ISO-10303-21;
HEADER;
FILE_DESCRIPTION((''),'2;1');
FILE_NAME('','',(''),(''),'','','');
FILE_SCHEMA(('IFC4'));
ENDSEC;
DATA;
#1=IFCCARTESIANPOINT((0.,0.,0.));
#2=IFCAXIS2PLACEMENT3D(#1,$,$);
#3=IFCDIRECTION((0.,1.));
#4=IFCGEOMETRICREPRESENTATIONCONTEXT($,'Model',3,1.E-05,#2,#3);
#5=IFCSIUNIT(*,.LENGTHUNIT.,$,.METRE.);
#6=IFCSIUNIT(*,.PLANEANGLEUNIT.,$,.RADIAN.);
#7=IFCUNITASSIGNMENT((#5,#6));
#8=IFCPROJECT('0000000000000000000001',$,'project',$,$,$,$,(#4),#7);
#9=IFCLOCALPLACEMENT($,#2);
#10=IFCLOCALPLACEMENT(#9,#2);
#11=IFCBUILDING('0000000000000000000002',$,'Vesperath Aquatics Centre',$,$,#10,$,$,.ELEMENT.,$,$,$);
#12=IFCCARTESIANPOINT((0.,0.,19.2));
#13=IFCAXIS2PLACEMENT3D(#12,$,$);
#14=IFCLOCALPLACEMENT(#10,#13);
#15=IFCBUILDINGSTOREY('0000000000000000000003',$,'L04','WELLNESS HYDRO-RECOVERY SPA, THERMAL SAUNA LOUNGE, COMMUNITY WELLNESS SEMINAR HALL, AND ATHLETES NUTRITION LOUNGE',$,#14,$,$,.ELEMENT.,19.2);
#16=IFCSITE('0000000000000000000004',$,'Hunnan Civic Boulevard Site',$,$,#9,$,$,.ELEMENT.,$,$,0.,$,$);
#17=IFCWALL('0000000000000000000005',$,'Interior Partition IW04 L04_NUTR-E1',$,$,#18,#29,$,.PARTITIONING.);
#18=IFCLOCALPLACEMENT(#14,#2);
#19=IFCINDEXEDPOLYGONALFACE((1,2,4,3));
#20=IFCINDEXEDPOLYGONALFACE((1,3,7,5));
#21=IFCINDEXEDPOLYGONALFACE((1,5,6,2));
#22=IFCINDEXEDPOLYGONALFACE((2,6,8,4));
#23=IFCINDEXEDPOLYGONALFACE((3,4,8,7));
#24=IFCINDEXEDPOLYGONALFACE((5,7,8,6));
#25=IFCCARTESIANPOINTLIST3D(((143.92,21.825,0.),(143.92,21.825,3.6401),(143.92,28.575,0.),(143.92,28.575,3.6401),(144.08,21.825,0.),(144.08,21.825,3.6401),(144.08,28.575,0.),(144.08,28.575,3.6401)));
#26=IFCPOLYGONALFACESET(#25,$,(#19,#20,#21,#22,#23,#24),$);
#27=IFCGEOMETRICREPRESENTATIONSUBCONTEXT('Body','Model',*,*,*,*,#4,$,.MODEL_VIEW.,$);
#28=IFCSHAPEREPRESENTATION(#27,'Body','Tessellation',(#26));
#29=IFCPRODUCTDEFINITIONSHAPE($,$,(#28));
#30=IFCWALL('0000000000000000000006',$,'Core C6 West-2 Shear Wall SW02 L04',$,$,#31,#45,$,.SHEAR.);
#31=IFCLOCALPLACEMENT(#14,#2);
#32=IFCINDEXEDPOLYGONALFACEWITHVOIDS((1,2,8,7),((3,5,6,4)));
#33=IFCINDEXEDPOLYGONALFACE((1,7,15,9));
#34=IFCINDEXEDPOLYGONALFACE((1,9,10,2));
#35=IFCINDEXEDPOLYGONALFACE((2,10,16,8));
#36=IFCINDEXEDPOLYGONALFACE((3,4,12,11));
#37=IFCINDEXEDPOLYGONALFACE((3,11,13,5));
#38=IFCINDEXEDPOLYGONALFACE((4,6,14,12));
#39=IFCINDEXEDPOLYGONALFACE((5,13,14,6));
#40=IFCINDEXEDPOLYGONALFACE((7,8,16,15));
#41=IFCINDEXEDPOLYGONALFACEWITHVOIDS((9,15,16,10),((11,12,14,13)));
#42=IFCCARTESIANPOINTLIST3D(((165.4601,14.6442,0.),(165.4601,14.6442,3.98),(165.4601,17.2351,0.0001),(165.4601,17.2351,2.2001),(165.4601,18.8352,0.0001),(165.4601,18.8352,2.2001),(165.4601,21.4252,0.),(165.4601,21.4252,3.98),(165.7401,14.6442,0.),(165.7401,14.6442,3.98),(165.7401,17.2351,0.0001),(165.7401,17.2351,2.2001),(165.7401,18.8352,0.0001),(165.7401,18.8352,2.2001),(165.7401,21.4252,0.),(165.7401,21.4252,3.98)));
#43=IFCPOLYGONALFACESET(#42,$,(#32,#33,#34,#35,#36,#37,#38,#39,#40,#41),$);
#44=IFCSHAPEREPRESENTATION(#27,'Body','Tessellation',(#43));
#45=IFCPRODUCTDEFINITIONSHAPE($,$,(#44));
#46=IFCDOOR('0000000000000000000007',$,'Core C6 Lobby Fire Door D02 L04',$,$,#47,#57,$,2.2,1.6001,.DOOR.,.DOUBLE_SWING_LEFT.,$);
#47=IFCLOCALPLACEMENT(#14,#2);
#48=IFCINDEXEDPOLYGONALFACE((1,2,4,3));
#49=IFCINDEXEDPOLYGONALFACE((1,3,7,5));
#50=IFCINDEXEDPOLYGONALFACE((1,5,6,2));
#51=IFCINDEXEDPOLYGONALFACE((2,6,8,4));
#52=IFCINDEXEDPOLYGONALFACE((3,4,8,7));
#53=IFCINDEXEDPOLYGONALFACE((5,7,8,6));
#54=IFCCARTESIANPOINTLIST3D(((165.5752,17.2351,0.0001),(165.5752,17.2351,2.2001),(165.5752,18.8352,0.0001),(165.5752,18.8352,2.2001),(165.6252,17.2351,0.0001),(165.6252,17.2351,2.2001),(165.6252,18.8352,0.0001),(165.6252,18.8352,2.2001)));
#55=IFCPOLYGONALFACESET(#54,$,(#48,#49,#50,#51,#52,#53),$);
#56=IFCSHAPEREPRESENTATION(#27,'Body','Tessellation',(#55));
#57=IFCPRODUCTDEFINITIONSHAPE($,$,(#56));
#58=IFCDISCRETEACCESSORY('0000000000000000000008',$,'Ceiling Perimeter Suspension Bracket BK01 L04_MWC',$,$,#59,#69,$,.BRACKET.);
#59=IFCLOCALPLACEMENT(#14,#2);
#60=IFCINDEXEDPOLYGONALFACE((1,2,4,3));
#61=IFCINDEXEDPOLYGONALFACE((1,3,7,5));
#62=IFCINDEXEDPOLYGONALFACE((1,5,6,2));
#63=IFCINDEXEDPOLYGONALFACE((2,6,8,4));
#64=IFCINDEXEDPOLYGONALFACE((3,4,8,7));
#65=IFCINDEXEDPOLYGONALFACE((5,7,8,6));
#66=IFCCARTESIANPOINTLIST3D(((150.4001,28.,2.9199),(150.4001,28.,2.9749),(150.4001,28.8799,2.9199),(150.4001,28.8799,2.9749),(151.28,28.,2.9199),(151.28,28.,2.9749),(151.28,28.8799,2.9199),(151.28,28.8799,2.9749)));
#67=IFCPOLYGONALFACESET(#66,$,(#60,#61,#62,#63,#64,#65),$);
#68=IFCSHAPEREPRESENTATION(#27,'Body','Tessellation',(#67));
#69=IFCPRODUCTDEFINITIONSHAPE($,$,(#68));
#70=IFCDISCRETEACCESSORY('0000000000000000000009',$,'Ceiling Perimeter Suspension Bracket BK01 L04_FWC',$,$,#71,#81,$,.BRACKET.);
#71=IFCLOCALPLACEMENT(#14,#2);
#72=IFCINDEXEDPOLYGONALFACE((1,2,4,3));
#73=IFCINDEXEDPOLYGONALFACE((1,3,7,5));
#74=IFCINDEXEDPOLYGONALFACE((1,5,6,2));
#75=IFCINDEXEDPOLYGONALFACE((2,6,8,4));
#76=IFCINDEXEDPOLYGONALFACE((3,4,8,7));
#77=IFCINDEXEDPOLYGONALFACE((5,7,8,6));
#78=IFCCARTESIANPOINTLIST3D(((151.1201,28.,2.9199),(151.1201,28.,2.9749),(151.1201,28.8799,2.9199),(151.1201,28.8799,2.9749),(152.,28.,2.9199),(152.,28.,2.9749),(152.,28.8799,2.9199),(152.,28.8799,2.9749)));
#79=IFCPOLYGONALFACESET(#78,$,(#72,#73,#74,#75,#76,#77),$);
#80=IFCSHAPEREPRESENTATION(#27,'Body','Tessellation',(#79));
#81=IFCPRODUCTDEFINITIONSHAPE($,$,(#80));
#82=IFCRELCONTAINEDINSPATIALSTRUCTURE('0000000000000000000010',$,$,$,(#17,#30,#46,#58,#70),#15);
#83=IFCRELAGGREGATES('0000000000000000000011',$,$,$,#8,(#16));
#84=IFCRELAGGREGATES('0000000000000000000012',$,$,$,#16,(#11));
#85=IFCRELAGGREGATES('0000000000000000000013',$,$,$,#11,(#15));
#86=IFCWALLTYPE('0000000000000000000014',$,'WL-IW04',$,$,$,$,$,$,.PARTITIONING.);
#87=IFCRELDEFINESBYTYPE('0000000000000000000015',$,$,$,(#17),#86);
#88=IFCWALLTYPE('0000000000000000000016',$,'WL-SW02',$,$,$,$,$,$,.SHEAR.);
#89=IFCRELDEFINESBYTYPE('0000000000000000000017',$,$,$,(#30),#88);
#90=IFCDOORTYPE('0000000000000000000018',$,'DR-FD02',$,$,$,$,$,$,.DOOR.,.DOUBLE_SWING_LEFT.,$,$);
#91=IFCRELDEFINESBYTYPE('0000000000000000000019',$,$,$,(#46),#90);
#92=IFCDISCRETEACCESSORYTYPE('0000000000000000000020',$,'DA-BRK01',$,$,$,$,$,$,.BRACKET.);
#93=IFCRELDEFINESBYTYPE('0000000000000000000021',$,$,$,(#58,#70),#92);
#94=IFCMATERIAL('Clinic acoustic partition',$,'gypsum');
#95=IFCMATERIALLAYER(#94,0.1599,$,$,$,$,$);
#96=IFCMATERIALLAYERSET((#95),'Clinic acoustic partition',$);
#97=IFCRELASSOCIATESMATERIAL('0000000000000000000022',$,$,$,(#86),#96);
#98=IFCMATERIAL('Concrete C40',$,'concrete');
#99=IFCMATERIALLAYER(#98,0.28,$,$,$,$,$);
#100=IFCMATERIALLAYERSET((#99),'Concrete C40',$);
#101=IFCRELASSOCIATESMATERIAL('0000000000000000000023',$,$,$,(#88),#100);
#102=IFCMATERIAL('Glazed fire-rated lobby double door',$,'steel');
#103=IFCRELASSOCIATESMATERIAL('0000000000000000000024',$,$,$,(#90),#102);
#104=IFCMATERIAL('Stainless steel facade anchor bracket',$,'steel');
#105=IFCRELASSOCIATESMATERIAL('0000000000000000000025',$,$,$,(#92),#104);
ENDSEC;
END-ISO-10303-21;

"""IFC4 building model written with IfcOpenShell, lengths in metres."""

from ifc_helpers import new_model, si_unit, direction, frame, frame_2d, origin, origin_2d, place, context, subcontext, project, spatial, rectangle, extrude, material, layer, layer_set, type_object, element, fill, save


model = new_model("IFC4")

# Units and contexts
model_context = context("Model", 3, precision=1e-05, world=origin(), true_north=direction((0.0, 1.0)))
body_context = subcontext(model_context, "Body", "Model", "MODEL_VIEW")
ifc_project = project(units=[si_unit("LENGTHUNIT", "METRE"), si_unit("PLANEANGLEUNIT", "RADIAN")], contexts=[model_context])

# Site, building, storey
site_placement = place(None, origin())
site = spatial("IfcSite", under=ifc_project, at=site_placement, Name="Hunnan Civic Boulevard Site", CompositionType="ELEMENT", RefElevation=0.0)
building_placement = place(site_placement, origin())
building = spatial("IfcBuilding", under=site, at=building_placement, Name="Vesperath Aquatics Centre", CompositionType="ELEMENT")
storey_placement = place(building_placement, frame((0.0, 0.0, 19.2)))
storey = spatial("IfcBuildingStorey", under=building, at=storey_placement, Name="L04", Description="WELLNESS HYDRO-RECOVERY SPA, THERMAL SAUNA LOUNGE, COMMUNITY WELLNESS SEMINAR HALL, AND ATHLETES NUTRITION LOUNGE", CompositionType="ELEMENT", Elevation=19.2)

# Wall
ifc_material_1 = material(Name="Clinic acoustic partition", Category="gypsum")
ifc_layer_1 = layer(ifc_material_1, 0.1599)
ifc_layer_set_1 = layer_set([ifc_layer_1], Name="Clinic acoustic partition")
wall_type_1 = type_object("IfcWallType", Name="WL-IW04", PredefinedType="PARTITIONING", material=ifc_layer_set_1)
wall_1_placement = place(storey_placement, frame((144.0, 21.825, 0.0), z_axis=(0.0, 0.0, 1.0), x_axis=(0.0, 1.0, 0.0)))
element("IfcWall", 1, at=wall_1_placement, inside=storey, type_object=wall_type_1, Name="Interior Partition IW04 L04_NUTR-E1", PredefinedType="PARTITIONING", context=body_context, shape_type="SweptSolid", body=[
    extrude(rectangle(XDim=6.75, YDim=0.1599, at=frame_2d((3.375, 0.0))), origin(), (0.0, 0.0, 1.0), 3.6401),
])

# Wall, opening, door
ifc_material_2 = material(Name="Concrete C40", Category="concrete")
ifc_layer_2 = layer(ifc_material_2, 0.28)
ifc_layer_set_2 = layer_set([ifc_layer_2], Name="Concrete C40")
wall_type_2 = type_object("IfcWallType", Name="WL-SW02", PredefinedType="SHEAR", material=ifc_layer_set_2)
wall_2_placement = place(storey_placement, frame((165.6001, 14.644, 0.0), z_axis=(0.0, 0.0, 1.0), x_axis=(0.0, 1.0, 0.0)))
wall_2 = element("IfcWall", 2, at=wall_2_placement, inside=storey, type_object=wall_type_2, Name="Core C6 West-2 Shear Wall SW02 L04", PredefinedType="SHEAR", context=body_context, shape_type="SweptSolid", body=[
    extrude(rectangle(XDim=6.781, YDim=0.28, at=frame_2d((3.3906, 0.0))), origin(), (0.0, 0.0, 1.0), 3.98),
])
opening_1_placement = place(wall_2_placement, frame((2.5911, 0.0, 0.0)))
opening_1 = element("IfcOpeningElement", 3, at=opening_1_placement, cuts=wall_2, PredefinedType="OPENING", context=body_context, shape_type="SweptSolid", body=[
    extrude(rectangle(XDim=1.6001, YDim=2.2, at=frame_2d((0.8, 1.1001))), frame((0.0, 0.1548, 0.0), z_axis=(0.0, -1.0, 0.0), x_axis=(1.0, 0.0, 0.0)), (0.0, 0.0, 1.0), 0.3098),
])
ifc_material_3 = material(Name="Glazed fire-rated lobby double door", Category="steel")
door_type_1 = type_object("IfcDoorType", Name="DR-FD02", OperationType="DOUBLE_SWING_LEFT", PredefinedType="DOOR", material=ifc_material_3)
door_1_placement = place(opening_1_placement, origin())
door_1 = element("IfcDoor", 4, at=door_1_placement, inside=storey, type_object=door_type_1, Name="Core C6 Lobby Fire Door D02 L04", OperationType="DOUBLE_SWING_LEFT", OverallHeight=2.2, OverallWidth=1.6001, PredefinedType="DOOR", context=body_context, shape_type="SweptSolid", body=[
    extrude(rectangle(XDim=1.6001, YDim=2.2, at=frame_2d((0.8, 1.1001))), frame((0.0, 0.0249, 0.0), z_axis=(0.0, -1.0, 0.0), x_axis=(1.0, 0.0, 0.0)), (0.0, 0.0, 1.0), 0.05),
])
fill(opening_1, door_1)

# Discrete accessories
ifc_material_4 = material(Name="Stainless steel facade anchor bracket", Category="steel")
discrete_accessory_type = type_object("IfcDiscreteAccessoryType", Name="DA-BRK01", PredefinedType="BRACKET", material=ifc_material_4)
for number, where, z_axis, x_axis, name in (
    (5, (150.8401, 28.4399, 2.9199), (0.0, 0.0, 1.0), (1.0, 0.0, 0.0), "Ceiling Perimeter Suspension Bracket BK01 L04_MWC"),
    (6, (151.5601, 28.4399, 2.9199), (0.0, 0.0, 1.0), (1.0, 0.0, 0.0), "Ceiling Perimeter Suspension Bracket BK01 L04_FWC"),
):
    element("IfcDiscreteAccessory", number, at=place(storey_placement, frame(where, z_axis=z_axis, x_axis=x_axis)), inside=storey, type_object=discrete_accessory_type, Name=name, PredefinedType="BRACKET", context=body_context, shape_type="SweptSolid", body=[
        extrude(rectangle(XDim=0.8799, YDim=0.8799, at=origin_2d()), origin(), (0.0, 0.0, 1.0), 0.0549),
    ])

save(model, "model.ifc")
